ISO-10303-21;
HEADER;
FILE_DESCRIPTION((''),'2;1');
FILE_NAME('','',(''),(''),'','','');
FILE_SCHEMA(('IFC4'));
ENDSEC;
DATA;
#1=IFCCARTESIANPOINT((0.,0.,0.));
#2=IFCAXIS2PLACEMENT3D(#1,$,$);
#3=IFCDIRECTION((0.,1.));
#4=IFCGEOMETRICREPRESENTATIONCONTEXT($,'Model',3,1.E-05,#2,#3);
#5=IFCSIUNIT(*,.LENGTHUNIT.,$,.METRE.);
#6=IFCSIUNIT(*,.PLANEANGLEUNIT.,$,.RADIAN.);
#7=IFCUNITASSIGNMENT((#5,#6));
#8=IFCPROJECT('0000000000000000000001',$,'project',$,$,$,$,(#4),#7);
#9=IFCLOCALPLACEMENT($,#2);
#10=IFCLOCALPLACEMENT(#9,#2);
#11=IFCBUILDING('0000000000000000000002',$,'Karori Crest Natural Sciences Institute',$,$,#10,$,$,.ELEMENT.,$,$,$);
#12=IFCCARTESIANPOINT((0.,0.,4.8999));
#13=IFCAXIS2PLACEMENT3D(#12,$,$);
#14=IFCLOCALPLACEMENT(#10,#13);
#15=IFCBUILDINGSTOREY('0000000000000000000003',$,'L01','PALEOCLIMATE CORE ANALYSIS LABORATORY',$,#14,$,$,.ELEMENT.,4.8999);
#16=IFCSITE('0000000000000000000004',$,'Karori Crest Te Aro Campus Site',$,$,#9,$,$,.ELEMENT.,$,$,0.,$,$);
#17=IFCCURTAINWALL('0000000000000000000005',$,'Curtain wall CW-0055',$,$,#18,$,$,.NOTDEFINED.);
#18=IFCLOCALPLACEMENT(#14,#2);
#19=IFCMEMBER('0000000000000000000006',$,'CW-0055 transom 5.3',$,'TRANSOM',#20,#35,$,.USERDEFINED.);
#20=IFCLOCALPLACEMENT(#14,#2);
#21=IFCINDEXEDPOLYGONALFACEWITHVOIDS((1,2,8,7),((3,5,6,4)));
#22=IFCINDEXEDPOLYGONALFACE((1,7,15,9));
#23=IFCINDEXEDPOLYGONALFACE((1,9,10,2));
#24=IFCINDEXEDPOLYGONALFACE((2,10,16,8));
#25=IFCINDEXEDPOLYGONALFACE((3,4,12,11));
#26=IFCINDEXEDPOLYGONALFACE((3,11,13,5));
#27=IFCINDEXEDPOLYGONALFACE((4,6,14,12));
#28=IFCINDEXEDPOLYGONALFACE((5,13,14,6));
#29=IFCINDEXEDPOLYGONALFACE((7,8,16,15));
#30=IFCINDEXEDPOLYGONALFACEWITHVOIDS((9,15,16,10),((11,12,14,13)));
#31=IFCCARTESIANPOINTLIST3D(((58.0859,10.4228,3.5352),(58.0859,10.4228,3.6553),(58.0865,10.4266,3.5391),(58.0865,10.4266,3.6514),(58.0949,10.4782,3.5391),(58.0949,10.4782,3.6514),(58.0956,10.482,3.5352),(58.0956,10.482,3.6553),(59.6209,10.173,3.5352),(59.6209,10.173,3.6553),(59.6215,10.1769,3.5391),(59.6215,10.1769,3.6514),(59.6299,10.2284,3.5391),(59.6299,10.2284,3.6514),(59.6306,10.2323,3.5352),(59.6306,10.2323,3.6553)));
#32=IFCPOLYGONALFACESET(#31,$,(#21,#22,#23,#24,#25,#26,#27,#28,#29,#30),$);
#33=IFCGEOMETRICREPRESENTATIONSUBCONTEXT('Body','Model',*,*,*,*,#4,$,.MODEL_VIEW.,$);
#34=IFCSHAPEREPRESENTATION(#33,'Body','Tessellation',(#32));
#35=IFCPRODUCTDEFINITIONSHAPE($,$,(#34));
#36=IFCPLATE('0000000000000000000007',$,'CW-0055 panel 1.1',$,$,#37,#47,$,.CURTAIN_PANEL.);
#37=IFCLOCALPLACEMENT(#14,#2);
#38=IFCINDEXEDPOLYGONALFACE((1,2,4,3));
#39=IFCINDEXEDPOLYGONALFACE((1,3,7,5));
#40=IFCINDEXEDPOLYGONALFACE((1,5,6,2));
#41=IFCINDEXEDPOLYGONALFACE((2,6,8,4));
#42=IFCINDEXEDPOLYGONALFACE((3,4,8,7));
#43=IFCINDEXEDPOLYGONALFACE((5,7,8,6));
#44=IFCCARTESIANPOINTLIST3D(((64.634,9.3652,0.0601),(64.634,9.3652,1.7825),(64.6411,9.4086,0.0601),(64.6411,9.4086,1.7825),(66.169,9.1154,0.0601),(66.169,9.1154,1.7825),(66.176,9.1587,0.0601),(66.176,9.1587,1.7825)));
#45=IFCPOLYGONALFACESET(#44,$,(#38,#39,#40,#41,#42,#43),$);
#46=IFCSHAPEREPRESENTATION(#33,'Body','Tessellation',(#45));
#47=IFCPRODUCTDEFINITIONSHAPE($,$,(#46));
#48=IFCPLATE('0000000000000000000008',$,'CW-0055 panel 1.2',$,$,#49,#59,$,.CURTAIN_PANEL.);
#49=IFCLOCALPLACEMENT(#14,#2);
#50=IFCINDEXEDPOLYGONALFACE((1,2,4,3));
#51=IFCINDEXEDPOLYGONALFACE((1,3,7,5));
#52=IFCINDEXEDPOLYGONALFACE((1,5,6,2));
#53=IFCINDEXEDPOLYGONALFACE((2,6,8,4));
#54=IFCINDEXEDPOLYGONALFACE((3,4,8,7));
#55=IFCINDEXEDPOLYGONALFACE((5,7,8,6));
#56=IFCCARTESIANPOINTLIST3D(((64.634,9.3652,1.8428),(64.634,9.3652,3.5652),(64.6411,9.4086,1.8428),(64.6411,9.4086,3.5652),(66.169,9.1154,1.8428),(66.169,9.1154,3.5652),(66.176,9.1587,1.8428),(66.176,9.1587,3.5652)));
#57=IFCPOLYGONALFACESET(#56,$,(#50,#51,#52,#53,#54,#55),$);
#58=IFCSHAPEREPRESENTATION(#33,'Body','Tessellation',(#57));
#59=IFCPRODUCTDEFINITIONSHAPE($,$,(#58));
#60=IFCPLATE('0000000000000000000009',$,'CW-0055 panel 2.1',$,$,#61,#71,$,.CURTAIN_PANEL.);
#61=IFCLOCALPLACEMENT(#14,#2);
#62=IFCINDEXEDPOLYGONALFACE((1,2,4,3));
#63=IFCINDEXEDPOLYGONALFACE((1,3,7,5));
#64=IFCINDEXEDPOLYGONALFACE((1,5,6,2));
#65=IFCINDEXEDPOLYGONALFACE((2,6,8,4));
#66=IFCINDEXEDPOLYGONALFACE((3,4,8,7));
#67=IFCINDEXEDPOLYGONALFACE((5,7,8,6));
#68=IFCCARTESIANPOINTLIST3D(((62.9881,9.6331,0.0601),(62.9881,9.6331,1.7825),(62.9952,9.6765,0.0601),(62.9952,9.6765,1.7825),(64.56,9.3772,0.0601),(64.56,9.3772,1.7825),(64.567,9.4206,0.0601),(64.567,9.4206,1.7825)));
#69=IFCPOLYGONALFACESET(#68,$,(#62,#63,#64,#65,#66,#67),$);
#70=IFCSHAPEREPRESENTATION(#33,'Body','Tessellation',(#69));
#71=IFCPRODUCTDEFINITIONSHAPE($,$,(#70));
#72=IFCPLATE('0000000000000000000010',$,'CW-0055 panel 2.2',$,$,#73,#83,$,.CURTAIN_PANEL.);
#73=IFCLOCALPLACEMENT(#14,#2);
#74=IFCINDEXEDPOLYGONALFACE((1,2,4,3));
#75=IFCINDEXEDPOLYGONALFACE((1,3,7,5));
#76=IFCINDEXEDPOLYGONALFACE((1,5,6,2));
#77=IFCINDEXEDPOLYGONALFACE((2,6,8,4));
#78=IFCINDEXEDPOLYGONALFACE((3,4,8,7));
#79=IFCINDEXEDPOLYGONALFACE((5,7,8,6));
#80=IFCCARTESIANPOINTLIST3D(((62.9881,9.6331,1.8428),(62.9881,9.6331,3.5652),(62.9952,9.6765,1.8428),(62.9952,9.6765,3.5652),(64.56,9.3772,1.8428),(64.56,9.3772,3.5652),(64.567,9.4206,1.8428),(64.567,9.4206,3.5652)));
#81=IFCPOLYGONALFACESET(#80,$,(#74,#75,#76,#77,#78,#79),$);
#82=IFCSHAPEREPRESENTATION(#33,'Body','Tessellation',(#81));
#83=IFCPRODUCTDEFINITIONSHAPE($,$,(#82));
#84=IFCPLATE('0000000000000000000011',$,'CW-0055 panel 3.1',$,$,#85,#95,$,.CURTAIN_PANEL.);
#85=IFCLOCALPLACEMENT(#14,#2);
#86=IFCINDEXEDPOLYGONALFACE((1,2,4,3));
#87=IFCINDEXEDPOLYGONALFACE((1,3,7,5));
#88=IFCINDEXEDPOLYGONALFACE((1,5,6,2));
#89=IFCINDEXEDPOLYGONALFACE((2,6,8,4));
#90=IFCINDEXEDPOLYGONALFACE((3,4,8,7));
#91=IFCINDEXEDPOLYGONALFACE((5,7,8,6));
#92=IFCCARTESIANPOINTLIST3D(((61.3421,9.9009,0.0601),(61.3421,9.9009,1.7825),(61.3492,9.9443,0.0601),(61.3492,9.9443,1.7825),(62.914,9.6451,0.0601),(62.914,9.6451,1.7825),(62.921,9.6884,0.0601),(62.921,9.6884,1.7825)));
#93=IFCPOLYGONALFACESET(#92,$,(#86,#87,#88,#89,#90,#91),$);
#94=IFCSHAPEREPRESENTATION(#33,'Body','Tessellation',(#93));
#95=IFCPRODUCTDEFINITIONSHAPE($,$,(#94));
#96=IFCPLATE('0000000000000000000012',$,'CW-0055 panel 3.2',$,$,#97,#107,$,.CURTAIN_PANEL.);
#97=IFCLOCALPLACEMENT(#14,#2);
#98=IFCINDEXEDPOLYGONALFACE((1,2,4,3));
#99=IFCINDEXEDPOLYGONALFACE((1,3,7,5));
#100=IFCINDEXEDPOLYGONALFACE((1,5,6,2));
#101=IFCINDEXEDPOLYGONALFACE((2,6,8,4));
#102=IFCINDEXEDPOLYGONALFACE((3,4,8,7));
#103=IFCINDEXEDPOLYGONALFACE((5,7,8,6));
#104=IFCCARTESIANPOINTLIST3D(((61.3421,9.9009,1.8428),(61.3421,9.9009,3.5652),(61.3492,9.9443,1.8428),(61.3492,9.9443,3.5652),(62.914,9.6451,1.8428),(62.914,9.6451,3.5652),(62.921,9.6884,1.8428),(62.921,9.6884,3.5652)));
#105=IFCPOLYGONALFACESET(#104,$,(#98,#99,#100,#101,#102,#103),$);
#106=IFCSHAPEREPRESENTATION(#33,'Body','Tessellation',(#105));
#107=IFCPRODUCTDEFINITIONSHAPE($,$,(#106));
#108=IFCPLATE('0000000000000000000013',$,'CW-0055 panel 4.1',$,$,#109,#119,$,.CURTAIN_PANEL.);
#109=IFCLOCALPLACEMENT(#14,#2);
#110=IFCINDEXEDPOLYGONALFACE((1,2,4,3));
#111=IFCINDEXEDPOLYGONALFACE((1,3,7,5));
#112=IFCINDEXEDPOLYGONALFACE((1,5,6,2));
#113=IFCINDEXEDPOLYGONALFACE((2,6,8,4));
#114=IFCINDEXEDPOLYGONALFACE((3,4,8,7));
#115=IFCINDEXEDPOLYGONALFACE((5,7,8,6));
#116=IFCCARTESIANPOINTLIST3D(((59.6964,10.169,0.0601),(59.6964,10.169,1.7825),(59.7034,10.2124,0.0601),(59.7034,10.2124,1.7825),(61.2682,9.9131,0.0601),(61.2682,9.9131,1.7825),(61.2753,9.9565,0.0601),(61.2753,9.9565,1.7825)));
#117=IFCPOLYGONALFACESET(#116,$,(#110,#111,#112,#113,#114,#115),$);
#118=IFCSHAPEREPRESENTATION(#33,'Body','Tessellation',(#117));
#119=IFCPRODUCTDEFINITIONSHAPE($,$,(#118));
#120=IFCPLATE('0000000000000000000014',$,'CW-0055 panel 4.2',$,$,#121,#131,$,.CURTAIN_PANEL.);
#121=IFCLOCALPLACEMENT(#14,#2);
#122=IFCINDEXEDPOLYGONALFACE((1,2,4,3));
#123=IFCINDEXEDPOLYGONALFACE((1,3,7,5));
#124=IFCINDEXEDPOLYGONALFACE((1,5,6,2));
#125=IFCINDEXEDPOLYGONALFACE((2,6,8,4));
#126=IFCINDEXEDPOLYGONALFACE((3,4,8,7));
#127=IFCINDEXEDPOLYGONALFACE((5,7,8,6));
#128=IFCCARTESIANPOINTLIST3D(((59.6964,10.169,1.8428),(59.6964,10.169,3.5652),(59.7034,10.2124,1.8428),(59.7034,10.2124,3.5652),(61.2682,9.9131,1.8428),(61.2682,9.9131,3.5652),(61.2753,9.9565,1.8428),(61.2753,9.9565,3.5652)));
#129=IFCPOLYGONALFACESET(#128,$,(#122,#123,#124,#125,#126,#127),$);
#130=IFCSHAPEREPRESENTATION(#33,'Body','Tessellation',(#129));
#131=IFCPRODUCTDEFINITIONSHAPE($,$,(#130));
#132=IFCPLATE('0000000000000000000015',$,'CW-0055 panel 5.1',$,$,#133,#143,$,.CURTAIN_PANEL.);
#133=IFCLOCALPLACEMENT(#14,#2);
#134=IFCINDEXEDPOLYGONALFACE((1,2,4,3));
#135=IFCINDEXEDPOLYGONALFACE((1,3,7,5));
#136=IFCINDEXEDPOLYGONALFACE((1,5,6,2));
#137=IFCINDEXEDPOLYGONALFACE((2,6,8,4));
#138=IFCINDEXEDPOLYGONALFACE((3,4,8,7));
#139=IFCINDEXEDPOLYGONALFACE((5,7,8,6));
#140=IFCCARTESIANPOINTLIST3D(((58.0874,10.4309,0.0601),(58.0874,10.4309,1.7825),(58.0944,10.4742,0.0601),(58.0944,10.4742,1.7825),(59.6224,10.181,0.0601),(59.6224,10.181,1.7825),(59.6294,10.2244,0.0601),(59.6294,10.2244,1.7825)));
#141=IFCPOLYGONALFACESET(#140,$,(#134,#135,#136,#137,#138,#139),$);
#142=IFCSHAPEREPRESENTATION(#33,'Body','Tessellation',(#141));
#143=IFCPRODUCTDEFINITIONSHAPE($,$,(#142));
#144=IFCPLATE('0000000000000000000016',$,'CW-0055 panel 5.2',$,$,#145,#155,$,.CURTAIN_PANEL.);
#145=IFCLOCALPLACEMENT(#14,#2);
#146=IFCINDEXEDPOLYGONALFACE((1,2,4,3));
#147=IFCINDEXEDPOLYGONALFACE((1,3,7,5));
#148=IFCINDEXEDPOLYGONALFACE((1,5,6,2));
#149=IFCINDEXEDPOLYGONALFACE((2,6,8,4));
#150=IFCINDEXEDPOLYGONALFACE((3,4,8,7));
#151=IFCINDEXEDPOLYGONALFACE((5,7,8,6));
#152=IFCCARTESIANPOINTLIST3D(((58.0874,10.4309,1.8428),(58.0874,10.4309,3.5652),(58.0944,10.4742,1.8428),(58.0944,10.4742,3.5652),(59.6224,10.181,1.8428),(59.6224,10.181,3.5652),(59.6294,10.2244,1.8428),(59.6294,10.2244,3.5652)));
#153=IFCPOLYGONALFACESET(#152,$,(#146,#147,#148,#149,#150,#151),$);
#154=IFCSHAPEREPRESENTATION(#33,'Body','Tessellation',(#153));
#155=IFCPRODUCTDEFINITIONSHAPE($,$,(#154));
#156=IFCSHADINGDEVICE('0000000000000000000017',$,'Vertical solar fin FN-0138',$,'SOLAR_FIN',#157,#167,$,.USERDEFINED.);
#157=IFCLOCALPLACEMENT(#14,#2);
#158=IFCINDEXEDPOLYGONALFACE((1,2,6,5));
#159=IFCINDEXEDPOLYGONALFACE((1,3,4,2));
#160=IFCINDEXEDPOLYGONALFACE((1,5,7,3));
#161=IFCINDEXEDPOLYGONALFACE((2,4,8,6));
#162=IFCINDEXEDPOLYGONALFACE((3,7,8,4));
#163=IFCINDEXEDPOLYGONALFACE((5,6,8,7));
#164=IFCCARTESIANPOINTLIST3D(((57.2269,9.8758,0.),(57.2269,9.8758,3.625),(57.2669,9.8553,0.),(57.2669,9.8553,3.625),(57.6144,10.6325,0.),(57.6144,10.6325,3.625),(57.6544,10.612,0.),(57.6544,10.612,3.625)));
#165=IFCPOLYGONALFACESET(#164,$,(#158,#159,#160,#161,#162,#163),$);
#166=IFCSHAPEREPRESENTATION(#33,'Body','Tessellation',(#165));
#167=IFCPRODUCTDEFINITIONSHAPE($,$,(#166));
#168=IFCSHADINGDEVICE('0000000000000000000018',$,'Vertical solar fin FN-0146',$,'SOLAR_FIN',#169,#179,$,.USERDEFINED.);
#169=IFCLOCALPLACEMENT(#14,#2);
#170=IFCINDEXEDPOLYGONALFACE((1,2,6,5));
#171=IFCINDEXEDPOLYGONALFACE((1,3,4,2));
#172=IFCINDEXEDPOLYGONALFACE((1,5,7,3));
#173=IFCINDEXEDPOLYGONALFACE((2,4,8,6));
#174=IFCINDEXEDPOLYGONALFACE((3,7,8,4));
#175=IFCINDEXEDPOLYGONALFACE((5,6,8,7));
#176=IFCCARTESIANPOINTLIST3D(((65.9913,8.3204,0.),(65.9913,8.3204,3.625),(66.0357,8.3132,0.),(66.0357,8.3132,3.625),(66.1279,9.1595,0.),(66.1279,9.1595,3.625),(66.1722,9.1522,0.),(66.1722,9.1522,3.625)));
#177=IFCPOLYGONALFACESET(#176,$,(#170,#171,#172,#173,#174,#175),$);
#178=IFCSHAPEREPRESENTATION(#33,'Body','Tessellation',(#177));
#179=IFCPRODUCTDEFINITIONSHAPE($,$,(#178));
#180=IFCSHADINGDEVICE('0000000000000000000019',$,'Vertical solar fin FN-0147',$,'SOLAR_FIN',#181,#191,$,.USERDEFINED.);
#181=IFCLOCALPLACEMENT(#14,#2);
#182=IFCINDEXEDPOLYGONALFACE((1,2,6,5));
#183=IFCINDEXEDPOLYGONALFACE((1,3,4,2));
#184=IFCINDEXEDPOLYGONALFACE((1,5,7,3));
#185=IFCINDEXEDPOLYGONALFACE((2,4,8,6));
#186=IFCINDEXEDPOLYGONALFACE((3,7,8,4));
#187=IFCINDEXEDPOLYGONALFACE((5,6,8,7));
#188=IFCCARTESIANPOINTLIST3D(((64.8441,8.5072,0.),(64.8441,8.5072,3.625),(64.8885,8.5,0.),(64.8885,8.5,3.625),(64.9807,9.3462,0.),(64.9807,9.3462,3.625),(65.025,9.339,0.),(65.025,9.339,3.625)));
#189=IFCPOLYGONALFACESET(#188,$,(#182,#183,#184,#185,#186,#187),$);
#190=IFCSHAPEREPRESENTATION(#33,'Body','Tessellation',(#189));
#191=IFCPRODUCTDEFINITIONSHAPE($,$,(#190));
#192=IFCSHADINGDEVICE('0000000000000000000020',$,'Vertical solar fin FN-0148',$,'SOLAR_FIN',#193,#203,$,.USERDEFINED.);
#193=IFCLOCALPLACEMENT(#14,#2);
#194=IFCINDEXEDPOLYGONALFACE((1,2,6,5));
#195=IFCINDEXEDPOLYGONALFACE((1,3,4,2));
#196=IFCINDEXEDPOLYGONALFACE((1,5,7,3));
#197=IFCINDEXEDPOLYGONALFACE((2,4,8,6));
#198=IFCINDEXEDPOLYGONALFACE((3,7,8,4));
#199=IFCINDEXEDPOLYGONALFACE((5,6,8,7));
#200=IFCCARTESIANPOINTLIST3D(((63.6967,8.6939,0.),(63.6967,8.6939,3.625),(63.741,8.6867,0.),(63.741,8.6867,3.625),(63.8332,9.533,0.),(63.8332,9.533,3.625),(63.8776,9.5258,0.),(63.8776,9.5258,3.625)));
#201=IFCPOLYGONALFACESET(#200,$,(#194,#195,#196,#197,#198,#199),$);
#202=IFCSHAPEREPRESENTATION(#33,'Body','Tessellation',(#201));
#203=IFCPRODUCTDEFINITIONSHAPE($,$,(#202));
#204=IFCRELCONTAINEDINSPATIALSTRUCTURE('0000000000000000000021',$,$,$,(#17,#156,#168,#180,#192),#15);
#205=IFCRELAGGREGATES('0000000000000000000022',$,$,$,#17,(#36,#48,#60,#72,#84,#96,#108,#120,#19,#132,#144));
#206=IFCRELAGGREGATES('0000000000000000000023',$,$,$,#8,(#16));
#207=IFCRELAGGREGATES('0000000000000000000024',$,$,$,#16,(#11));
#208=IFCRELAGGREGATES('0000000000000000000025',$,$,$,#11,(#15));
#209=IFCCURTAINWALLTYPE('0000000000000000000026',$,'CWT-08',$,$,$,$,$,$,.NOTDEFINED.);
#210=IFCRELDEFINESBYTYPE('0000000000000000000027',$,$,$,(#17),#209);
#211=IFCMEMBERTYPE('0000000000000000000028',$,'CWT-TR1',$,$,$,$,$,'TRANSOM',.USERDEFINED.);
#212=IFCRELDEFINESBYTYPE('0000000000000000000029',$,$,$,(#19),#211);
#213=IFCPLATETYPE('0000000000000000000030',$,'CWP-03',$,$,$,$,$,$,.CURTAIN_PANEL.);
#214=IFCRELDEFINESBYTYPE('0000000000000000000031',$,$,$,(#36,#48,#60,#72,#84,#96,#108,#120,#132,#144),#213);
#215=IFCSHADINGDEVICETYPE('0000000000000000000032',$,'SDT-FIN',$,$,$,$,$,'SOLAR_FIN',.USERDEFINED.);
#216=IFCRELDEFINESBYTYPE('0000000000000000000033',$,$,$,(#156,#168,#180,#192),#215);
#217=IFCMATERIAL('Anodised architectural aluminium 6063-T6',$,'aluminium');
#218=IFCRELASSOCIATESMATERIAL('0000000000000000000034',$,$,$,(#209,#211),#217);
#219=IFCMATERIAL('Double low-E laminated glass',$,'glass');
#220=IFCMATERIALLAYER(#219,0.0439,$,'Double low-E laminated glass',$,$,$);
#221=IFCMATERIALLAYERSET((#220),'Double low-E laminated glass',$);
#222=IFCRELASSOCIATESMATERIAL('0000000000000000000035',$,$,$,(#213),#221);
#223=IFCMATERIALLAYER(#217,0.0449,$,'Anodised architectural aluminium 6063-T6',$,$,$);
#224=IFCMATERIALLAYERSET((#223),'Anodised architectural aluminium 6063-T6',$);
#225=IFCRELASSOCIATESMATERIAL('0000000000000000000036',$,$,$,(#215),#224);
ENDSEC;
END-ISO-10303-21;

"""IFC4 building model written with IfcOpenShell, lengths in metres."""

from ifc_helpers import new_model, si_unit, direction, frame, origin, origin_2d, place, context, subcontext, project, spatial, rectangle, hollow_rectangle, extrude, material, layer, layer_set, material_profile, profile_set, type_object, element, aggregate, save


model = new_model("IFC4")

# Units and contexts
model_context = context("Model", 3, precision=1e-05, world=origin(), true_north=direction((0.0, 1.0)))
body_context = subcontext(model_context, "Body", "Model", "MODEL_VIEW")
ifc_project = project(units=[si_unit("LENGTHUNIT", "METRE"), si_unit("PLANEANGLEUNIT", "RADIAN")], contexts=[model_context])

# Site, building, storey
site_placement = place(None, origin())
site = spatial("IfcSite", under=ifc_project, at=site_placement, Name="Karori Crest Te Aro Campus Site", CompositionType="ELEMENT", RefElevation=0.0)
building_placement = place(site_placement, origin())
building = spatial("IfcBuilding", under=site, at=building_placement, Name="Karori Crest Natural Sciences Institute", CompositionType="ELEMENT")
storey_placement = place(building_placement, frame((0.0, 0.0, 4.8999)))
storey = spatial("IfcBuildingStorey", under=building, at=storey_placement, Name="L01", Description="PALEOCLIMATE CORE ANALYSIS LABORATORY", CompositionType="ELEMENT", Elevation=4.8999)

# Curtain wall, member, plates
ifc_material_1 = material(Name="Anodised architectural aluminium 6063-T6", Category="aluminium")
curtain_wall_type = type_object("IfcCurtainWallType", Name="CWT-08", PredefinedType="NOTDEFINED", material=ifc_material_1)
curtain_wall_placement = place(storey_placement, origin())
curtain_wall = element("IfcCurtainWall", 1, at=curtain_wall_placement, inside=storey, type_object=curtain_wall_type, Name="Curtain wall CW-0055", PredefinedType="NOTDEFINED")
ifc_material_profile_1 = material_profile(ifc_material_1, hollow_rectangle(XDim=0.0601, YDim=0.1201, WallThickness=0.0039, at=origin_2d()), Name="CWT120x60x4")
ifc_profile_set_1 = profile_set([ifc_material_profile_1], Name="Anodised architectural aluminium 6063-T6")
member_type_1 = type_object("IfcMemberType", Name="CWT-TR1", ElementType="TRANSOM", PredefinedType="USERDEFINED", material=ifc_profile_set_1)
member_1_placement = place(storey_placement, frame((59.6257, 10.2026, 3.5952), z_axis=(-0.987019, 0.160604, 0.0), x_axis=(-0.160604, -0.987019, 0.0)))
member_1 = element("IfcMember", 2, at=member_1_placement, type_object=member_type_1, Name="CW-0055 transom 5.3", ObjectType="TRANSOM", PredefinedType="USERDEFINED", context=body_context, shape_type="SweptSolid", body=[
    extrude(hollow_rectangle(XDim=0.0601, YDim=0.1201, WallThickness=0.0039, at=origin_2d()), origin(), (0.0, 0.0, 1.0), 1.5552),
])
ifc_material_2 = material(Name="Double low-E laminated glass", Category="glass")
ifc_layer_1 = layer(ifc_material_2, 0.0439, Name="Double low-E laminated glass")
ifc_layer_set_1 = layer_set([ifc_layer_1], Name="Double low-E laminated glass")
plate_type = type_object("IfcPlateType", Name="CWP-03", PredefinedType="CURTAIN_PANEL", material=ifc_layer_set_1)
plate_1_placement = place(storey_placement, frame((65.405, 9.262, 0.0601), z_axis=(0.0, 0.0, 1.0), x_axis=(-0.987011, 0.160652, 0.0)))
plate_1 = element("IfcPlate", 3, at=plate_1_placement, type_object=plate_type, Name="CW-0055 panel 1.1", PredefinedType="CURTAIN_PANEL", context=body_context, shape_type="SweptSolid", body=[
    extrude(rectangle(XDim=1.5552, YDim=0.0439, at=origin_2d()), origin(), (0.0, 0.0, 1.0), 1.7224),
])
plate_2_placement = place(storey_placement, frame((65.405, 9.262, 1.8428), z_axis=(0.0, 0.0, 1.0), x_axis=(-0.987011, 0.160652, 0.0)))
plate_2 = element("IfcPlate", 4, at=plate_2_placement, type_object=plate_type, Name="CW-0055 panel 1.2", PredefinedType="CURTAIN_PANEL", context=body_context, shape_type="SweptSolid", body=[
    extrude(rectangle(XDim=1.5552, YDim=0.0439, at=origin_2d()), origin(), (0.0, 0.0, 1.0), 1.7224),
])
plate_3_placement = place(storey_placement, frame((63.7776, 9.5269, 0.0601), z_axis=(0.0, 0.0, 1.0), x_axis=(-0.987011, 0.160652, 0.0)))
plate_3 = element("IfcPlate", 5, at=plate_3_placement, type_object=plate_type, Name="CW-0055 panel 2.1", PredefinedType="CURTAIN_PANEL", context=body_context, shape_type="SweptSolid", body=[
    extrude(rectangle(XDim=1.5925, YDim=0.0439, at=origin_2d()), origin(), (0.0, 0.0, 1.0), 1.7224),
])
plate_4_placement = place(storey_placement, frame((63.7776, 9.5269, 1.8428), z_axis=(0.0, 0.0, 1.0), x_axis=(-0.987011, 0.160652, 0.0)))
plate_4 = element("IfcPlate", 6, at=plate_4_placement, type_object=plate_type, Name="CW-0055 panel 2.2", PredefinedType="CURTAIN_PANEL", context=body_context, shape_type="SweptSolid", body=[
    extrude(rectangle(XDim=1.5925, YDim=0.0439, at=origin_2d()), origin(), (0.0, 0.0, 1.0), 1.7224),
])
plate_5_placement = place(storey_placement, frame((62.1316, 9.7947, 0.0601), z_axis=(0.0, 0.0, 1.0), x_axis=(-0.987011, 0.160652, 0.0)))
plate_5 = element("IfcPlate", 7, at=plate_5_placement, type_object=plate_type, Name="CW-0055 panel 3.1", PredefinedType="CURTAIN_PANEL", context=body_context, shape_type="SweptSolid", body=[
    extrude(rectangle(XDim=1.5925, YDim=0.0439, at=origin_2d()), origin(), (0.0, 0.0, 1.0), 1.7224),
])
plate_6_placement = place(storey_placement, frame((62.1316, 9.7947, 1.8428), z_axis=(0.0, 0.0, 1.0), x_axis=(-0.987011, 0.160652, 0.0)))
plate_6 = element("IfcPlate", 8, at=plate_6_placement, type_object=plate_type, Name="CW-0055 panel 3.2", PredefinedType="CURTAIN_PANEL", context=body_context, shape_type="SweptSolid", body=[
    extrude(rectangle(XDim=1.5925, YDim=0.0439, at=origin_2d()), origin(), (0.0, 0.0, 1.0), 1.7224),
])
plate_7_placement = place(storey_placement, frame((60.4858, 10.0627, 0.0601), z_axis=(0.0, 0.0, 1.0), x_axis=(-0.987011, 0.160652, 0.0)))
plate_7 = element("IfcPlate", 9, at=plate_7_placement, type_object=plate_type, Name="CW-0055 panel 4.1", PredefinedType="CURTAIN_PANEL", context=body_context, shape_type="SweptSolid", body=[
    extrude(rectangle(XDim=1.5925, YDim=0.0439, at=origin_2d()), origin(), (0.0, 0.0, 1.0), 1.7224),
])
plate_8_placement = place(storey_placement, frame((60.4858, 10.0627, 1.8428), z_axis=(0.0, 0.0, 1.0), x_axis=(-0.987011, 0.160652, 0.0)))
plate_8 = element("IfcPlate", 10, at=plate_8_placement, type_object=plate_type, Name="CW-0055 panel 4.2", PredefinedType="CURTAIN_PANEL", context=body_context, shape_type="SweptSolid", body=[
    extrude(rectangle(XDim=1.5925, YDim=0.0439, at=origin_2d()), origin(), (0.0, 0.0, 1.0), 1.7224),
])
plate_9_placement = place(storey_placement, frame((58.8584, 10.3276, 0.0601), z_axis=(0.0, 0.0, 1.0), x_axis=(-0.987011, 0.160652, 0.0)))
plate_9 = element("IfcPlate", 11, at=plate_9_placement, type_object=plate_type, Name="CW-0055 panel 5.1", PredefinedType="CURTAIN_PANEL", context=body_context, shape_type="SweptSolid", body=[
    extrude(rectangle(XDim=1.5552, YDim=0.0439, at=origin_2d()), origin(), (0.0, 0.0, 1.0), 1.7224),
])
plate_10_placement = place(storey_placement, frame((58.8584, 10.3276, 1.8428), z_axis=(0.0, 0.0, 1.0), x_axis=(-0.987011, 0.160652, 0.0)))
plate_10 = element("IfcPlate", 12, at=plate_10_placement, type_object=plate_type, Name="CW-0055 panel 5.2", PredefinedType="CURTAIN_PANEL", context=body_context, shape_type="SweptSolid", body=[
    extrude(rectangle(XDim=1.5552, YDim=0.0439, at=origin_2d()), origin(), (0.0, 0.0, 1.0), 1.7224),
])
aggregate(curtain_wall, [plate_1, plate_2, plate_3, plate_4, plate_5, plate_6, plate_7, plate_8, member_1, plate_9, plate_10])

# Shading devices
ifc_layer_2 = layer(ifc_material_1, 0.0449, Name="Anodised architectural aluminium 6063-T6")
ifc_layer_set_2 = layer_set([ifc_layer_2], Name="Anodised architectural aluminium 6063-T6")
shading_device_type = type_object("IfcShadingDeviceType", Name="SDT-FIN", ElementType="SOLAR_FIN", PredefinedType="USERDEFINED", material=ifc_layer_set_2)
for number, where, z_axis, x_axis, name in (
    (13, (57.4407, 10.2439, 0.0), (0.0, 0.0, 1.0), (-0.455832, -0.890066, 0.0), "Vertical solar fin FN-0138"),
    (14, (66.0818, 8.7363, 0.0), (0.0, 0.0, 1.0), (-0.160651, -0.987011, 0.0), "Vertical solar fin FN-0146"),
    (15, (64.9346, 8.9231, 0.0), (0.0, 0.0, 1.0), (-0.160651, -0.987011, 0.0), "Vertical solar fin FN-0147"),
    (16, (63.7871, 9.1099, 0.0), (0.0, 0.0, 1.0), (-0.160651, -0.987011, 0.0), "Vertical solar fin FN-0148"),
):
    element("IfcShadingDevice", number, at=place(storey_placement, frame(where, z_axis=z_axis, x_axis=x_axis)), inside=storey, type_object=shading_device_type, Name=name, ObjectType="SOLAR_FIN", PredefinedType="USERDEFINED", context=body_context, shape_type="SweptSolid", body=[
        extrude(rectangle(XDim=0.8501, YDim=0.0449, at=origin_2d()), origin(), (0.0, 0.0, 1.0), 3.625),
    ])

save(model, "model.ifc")
